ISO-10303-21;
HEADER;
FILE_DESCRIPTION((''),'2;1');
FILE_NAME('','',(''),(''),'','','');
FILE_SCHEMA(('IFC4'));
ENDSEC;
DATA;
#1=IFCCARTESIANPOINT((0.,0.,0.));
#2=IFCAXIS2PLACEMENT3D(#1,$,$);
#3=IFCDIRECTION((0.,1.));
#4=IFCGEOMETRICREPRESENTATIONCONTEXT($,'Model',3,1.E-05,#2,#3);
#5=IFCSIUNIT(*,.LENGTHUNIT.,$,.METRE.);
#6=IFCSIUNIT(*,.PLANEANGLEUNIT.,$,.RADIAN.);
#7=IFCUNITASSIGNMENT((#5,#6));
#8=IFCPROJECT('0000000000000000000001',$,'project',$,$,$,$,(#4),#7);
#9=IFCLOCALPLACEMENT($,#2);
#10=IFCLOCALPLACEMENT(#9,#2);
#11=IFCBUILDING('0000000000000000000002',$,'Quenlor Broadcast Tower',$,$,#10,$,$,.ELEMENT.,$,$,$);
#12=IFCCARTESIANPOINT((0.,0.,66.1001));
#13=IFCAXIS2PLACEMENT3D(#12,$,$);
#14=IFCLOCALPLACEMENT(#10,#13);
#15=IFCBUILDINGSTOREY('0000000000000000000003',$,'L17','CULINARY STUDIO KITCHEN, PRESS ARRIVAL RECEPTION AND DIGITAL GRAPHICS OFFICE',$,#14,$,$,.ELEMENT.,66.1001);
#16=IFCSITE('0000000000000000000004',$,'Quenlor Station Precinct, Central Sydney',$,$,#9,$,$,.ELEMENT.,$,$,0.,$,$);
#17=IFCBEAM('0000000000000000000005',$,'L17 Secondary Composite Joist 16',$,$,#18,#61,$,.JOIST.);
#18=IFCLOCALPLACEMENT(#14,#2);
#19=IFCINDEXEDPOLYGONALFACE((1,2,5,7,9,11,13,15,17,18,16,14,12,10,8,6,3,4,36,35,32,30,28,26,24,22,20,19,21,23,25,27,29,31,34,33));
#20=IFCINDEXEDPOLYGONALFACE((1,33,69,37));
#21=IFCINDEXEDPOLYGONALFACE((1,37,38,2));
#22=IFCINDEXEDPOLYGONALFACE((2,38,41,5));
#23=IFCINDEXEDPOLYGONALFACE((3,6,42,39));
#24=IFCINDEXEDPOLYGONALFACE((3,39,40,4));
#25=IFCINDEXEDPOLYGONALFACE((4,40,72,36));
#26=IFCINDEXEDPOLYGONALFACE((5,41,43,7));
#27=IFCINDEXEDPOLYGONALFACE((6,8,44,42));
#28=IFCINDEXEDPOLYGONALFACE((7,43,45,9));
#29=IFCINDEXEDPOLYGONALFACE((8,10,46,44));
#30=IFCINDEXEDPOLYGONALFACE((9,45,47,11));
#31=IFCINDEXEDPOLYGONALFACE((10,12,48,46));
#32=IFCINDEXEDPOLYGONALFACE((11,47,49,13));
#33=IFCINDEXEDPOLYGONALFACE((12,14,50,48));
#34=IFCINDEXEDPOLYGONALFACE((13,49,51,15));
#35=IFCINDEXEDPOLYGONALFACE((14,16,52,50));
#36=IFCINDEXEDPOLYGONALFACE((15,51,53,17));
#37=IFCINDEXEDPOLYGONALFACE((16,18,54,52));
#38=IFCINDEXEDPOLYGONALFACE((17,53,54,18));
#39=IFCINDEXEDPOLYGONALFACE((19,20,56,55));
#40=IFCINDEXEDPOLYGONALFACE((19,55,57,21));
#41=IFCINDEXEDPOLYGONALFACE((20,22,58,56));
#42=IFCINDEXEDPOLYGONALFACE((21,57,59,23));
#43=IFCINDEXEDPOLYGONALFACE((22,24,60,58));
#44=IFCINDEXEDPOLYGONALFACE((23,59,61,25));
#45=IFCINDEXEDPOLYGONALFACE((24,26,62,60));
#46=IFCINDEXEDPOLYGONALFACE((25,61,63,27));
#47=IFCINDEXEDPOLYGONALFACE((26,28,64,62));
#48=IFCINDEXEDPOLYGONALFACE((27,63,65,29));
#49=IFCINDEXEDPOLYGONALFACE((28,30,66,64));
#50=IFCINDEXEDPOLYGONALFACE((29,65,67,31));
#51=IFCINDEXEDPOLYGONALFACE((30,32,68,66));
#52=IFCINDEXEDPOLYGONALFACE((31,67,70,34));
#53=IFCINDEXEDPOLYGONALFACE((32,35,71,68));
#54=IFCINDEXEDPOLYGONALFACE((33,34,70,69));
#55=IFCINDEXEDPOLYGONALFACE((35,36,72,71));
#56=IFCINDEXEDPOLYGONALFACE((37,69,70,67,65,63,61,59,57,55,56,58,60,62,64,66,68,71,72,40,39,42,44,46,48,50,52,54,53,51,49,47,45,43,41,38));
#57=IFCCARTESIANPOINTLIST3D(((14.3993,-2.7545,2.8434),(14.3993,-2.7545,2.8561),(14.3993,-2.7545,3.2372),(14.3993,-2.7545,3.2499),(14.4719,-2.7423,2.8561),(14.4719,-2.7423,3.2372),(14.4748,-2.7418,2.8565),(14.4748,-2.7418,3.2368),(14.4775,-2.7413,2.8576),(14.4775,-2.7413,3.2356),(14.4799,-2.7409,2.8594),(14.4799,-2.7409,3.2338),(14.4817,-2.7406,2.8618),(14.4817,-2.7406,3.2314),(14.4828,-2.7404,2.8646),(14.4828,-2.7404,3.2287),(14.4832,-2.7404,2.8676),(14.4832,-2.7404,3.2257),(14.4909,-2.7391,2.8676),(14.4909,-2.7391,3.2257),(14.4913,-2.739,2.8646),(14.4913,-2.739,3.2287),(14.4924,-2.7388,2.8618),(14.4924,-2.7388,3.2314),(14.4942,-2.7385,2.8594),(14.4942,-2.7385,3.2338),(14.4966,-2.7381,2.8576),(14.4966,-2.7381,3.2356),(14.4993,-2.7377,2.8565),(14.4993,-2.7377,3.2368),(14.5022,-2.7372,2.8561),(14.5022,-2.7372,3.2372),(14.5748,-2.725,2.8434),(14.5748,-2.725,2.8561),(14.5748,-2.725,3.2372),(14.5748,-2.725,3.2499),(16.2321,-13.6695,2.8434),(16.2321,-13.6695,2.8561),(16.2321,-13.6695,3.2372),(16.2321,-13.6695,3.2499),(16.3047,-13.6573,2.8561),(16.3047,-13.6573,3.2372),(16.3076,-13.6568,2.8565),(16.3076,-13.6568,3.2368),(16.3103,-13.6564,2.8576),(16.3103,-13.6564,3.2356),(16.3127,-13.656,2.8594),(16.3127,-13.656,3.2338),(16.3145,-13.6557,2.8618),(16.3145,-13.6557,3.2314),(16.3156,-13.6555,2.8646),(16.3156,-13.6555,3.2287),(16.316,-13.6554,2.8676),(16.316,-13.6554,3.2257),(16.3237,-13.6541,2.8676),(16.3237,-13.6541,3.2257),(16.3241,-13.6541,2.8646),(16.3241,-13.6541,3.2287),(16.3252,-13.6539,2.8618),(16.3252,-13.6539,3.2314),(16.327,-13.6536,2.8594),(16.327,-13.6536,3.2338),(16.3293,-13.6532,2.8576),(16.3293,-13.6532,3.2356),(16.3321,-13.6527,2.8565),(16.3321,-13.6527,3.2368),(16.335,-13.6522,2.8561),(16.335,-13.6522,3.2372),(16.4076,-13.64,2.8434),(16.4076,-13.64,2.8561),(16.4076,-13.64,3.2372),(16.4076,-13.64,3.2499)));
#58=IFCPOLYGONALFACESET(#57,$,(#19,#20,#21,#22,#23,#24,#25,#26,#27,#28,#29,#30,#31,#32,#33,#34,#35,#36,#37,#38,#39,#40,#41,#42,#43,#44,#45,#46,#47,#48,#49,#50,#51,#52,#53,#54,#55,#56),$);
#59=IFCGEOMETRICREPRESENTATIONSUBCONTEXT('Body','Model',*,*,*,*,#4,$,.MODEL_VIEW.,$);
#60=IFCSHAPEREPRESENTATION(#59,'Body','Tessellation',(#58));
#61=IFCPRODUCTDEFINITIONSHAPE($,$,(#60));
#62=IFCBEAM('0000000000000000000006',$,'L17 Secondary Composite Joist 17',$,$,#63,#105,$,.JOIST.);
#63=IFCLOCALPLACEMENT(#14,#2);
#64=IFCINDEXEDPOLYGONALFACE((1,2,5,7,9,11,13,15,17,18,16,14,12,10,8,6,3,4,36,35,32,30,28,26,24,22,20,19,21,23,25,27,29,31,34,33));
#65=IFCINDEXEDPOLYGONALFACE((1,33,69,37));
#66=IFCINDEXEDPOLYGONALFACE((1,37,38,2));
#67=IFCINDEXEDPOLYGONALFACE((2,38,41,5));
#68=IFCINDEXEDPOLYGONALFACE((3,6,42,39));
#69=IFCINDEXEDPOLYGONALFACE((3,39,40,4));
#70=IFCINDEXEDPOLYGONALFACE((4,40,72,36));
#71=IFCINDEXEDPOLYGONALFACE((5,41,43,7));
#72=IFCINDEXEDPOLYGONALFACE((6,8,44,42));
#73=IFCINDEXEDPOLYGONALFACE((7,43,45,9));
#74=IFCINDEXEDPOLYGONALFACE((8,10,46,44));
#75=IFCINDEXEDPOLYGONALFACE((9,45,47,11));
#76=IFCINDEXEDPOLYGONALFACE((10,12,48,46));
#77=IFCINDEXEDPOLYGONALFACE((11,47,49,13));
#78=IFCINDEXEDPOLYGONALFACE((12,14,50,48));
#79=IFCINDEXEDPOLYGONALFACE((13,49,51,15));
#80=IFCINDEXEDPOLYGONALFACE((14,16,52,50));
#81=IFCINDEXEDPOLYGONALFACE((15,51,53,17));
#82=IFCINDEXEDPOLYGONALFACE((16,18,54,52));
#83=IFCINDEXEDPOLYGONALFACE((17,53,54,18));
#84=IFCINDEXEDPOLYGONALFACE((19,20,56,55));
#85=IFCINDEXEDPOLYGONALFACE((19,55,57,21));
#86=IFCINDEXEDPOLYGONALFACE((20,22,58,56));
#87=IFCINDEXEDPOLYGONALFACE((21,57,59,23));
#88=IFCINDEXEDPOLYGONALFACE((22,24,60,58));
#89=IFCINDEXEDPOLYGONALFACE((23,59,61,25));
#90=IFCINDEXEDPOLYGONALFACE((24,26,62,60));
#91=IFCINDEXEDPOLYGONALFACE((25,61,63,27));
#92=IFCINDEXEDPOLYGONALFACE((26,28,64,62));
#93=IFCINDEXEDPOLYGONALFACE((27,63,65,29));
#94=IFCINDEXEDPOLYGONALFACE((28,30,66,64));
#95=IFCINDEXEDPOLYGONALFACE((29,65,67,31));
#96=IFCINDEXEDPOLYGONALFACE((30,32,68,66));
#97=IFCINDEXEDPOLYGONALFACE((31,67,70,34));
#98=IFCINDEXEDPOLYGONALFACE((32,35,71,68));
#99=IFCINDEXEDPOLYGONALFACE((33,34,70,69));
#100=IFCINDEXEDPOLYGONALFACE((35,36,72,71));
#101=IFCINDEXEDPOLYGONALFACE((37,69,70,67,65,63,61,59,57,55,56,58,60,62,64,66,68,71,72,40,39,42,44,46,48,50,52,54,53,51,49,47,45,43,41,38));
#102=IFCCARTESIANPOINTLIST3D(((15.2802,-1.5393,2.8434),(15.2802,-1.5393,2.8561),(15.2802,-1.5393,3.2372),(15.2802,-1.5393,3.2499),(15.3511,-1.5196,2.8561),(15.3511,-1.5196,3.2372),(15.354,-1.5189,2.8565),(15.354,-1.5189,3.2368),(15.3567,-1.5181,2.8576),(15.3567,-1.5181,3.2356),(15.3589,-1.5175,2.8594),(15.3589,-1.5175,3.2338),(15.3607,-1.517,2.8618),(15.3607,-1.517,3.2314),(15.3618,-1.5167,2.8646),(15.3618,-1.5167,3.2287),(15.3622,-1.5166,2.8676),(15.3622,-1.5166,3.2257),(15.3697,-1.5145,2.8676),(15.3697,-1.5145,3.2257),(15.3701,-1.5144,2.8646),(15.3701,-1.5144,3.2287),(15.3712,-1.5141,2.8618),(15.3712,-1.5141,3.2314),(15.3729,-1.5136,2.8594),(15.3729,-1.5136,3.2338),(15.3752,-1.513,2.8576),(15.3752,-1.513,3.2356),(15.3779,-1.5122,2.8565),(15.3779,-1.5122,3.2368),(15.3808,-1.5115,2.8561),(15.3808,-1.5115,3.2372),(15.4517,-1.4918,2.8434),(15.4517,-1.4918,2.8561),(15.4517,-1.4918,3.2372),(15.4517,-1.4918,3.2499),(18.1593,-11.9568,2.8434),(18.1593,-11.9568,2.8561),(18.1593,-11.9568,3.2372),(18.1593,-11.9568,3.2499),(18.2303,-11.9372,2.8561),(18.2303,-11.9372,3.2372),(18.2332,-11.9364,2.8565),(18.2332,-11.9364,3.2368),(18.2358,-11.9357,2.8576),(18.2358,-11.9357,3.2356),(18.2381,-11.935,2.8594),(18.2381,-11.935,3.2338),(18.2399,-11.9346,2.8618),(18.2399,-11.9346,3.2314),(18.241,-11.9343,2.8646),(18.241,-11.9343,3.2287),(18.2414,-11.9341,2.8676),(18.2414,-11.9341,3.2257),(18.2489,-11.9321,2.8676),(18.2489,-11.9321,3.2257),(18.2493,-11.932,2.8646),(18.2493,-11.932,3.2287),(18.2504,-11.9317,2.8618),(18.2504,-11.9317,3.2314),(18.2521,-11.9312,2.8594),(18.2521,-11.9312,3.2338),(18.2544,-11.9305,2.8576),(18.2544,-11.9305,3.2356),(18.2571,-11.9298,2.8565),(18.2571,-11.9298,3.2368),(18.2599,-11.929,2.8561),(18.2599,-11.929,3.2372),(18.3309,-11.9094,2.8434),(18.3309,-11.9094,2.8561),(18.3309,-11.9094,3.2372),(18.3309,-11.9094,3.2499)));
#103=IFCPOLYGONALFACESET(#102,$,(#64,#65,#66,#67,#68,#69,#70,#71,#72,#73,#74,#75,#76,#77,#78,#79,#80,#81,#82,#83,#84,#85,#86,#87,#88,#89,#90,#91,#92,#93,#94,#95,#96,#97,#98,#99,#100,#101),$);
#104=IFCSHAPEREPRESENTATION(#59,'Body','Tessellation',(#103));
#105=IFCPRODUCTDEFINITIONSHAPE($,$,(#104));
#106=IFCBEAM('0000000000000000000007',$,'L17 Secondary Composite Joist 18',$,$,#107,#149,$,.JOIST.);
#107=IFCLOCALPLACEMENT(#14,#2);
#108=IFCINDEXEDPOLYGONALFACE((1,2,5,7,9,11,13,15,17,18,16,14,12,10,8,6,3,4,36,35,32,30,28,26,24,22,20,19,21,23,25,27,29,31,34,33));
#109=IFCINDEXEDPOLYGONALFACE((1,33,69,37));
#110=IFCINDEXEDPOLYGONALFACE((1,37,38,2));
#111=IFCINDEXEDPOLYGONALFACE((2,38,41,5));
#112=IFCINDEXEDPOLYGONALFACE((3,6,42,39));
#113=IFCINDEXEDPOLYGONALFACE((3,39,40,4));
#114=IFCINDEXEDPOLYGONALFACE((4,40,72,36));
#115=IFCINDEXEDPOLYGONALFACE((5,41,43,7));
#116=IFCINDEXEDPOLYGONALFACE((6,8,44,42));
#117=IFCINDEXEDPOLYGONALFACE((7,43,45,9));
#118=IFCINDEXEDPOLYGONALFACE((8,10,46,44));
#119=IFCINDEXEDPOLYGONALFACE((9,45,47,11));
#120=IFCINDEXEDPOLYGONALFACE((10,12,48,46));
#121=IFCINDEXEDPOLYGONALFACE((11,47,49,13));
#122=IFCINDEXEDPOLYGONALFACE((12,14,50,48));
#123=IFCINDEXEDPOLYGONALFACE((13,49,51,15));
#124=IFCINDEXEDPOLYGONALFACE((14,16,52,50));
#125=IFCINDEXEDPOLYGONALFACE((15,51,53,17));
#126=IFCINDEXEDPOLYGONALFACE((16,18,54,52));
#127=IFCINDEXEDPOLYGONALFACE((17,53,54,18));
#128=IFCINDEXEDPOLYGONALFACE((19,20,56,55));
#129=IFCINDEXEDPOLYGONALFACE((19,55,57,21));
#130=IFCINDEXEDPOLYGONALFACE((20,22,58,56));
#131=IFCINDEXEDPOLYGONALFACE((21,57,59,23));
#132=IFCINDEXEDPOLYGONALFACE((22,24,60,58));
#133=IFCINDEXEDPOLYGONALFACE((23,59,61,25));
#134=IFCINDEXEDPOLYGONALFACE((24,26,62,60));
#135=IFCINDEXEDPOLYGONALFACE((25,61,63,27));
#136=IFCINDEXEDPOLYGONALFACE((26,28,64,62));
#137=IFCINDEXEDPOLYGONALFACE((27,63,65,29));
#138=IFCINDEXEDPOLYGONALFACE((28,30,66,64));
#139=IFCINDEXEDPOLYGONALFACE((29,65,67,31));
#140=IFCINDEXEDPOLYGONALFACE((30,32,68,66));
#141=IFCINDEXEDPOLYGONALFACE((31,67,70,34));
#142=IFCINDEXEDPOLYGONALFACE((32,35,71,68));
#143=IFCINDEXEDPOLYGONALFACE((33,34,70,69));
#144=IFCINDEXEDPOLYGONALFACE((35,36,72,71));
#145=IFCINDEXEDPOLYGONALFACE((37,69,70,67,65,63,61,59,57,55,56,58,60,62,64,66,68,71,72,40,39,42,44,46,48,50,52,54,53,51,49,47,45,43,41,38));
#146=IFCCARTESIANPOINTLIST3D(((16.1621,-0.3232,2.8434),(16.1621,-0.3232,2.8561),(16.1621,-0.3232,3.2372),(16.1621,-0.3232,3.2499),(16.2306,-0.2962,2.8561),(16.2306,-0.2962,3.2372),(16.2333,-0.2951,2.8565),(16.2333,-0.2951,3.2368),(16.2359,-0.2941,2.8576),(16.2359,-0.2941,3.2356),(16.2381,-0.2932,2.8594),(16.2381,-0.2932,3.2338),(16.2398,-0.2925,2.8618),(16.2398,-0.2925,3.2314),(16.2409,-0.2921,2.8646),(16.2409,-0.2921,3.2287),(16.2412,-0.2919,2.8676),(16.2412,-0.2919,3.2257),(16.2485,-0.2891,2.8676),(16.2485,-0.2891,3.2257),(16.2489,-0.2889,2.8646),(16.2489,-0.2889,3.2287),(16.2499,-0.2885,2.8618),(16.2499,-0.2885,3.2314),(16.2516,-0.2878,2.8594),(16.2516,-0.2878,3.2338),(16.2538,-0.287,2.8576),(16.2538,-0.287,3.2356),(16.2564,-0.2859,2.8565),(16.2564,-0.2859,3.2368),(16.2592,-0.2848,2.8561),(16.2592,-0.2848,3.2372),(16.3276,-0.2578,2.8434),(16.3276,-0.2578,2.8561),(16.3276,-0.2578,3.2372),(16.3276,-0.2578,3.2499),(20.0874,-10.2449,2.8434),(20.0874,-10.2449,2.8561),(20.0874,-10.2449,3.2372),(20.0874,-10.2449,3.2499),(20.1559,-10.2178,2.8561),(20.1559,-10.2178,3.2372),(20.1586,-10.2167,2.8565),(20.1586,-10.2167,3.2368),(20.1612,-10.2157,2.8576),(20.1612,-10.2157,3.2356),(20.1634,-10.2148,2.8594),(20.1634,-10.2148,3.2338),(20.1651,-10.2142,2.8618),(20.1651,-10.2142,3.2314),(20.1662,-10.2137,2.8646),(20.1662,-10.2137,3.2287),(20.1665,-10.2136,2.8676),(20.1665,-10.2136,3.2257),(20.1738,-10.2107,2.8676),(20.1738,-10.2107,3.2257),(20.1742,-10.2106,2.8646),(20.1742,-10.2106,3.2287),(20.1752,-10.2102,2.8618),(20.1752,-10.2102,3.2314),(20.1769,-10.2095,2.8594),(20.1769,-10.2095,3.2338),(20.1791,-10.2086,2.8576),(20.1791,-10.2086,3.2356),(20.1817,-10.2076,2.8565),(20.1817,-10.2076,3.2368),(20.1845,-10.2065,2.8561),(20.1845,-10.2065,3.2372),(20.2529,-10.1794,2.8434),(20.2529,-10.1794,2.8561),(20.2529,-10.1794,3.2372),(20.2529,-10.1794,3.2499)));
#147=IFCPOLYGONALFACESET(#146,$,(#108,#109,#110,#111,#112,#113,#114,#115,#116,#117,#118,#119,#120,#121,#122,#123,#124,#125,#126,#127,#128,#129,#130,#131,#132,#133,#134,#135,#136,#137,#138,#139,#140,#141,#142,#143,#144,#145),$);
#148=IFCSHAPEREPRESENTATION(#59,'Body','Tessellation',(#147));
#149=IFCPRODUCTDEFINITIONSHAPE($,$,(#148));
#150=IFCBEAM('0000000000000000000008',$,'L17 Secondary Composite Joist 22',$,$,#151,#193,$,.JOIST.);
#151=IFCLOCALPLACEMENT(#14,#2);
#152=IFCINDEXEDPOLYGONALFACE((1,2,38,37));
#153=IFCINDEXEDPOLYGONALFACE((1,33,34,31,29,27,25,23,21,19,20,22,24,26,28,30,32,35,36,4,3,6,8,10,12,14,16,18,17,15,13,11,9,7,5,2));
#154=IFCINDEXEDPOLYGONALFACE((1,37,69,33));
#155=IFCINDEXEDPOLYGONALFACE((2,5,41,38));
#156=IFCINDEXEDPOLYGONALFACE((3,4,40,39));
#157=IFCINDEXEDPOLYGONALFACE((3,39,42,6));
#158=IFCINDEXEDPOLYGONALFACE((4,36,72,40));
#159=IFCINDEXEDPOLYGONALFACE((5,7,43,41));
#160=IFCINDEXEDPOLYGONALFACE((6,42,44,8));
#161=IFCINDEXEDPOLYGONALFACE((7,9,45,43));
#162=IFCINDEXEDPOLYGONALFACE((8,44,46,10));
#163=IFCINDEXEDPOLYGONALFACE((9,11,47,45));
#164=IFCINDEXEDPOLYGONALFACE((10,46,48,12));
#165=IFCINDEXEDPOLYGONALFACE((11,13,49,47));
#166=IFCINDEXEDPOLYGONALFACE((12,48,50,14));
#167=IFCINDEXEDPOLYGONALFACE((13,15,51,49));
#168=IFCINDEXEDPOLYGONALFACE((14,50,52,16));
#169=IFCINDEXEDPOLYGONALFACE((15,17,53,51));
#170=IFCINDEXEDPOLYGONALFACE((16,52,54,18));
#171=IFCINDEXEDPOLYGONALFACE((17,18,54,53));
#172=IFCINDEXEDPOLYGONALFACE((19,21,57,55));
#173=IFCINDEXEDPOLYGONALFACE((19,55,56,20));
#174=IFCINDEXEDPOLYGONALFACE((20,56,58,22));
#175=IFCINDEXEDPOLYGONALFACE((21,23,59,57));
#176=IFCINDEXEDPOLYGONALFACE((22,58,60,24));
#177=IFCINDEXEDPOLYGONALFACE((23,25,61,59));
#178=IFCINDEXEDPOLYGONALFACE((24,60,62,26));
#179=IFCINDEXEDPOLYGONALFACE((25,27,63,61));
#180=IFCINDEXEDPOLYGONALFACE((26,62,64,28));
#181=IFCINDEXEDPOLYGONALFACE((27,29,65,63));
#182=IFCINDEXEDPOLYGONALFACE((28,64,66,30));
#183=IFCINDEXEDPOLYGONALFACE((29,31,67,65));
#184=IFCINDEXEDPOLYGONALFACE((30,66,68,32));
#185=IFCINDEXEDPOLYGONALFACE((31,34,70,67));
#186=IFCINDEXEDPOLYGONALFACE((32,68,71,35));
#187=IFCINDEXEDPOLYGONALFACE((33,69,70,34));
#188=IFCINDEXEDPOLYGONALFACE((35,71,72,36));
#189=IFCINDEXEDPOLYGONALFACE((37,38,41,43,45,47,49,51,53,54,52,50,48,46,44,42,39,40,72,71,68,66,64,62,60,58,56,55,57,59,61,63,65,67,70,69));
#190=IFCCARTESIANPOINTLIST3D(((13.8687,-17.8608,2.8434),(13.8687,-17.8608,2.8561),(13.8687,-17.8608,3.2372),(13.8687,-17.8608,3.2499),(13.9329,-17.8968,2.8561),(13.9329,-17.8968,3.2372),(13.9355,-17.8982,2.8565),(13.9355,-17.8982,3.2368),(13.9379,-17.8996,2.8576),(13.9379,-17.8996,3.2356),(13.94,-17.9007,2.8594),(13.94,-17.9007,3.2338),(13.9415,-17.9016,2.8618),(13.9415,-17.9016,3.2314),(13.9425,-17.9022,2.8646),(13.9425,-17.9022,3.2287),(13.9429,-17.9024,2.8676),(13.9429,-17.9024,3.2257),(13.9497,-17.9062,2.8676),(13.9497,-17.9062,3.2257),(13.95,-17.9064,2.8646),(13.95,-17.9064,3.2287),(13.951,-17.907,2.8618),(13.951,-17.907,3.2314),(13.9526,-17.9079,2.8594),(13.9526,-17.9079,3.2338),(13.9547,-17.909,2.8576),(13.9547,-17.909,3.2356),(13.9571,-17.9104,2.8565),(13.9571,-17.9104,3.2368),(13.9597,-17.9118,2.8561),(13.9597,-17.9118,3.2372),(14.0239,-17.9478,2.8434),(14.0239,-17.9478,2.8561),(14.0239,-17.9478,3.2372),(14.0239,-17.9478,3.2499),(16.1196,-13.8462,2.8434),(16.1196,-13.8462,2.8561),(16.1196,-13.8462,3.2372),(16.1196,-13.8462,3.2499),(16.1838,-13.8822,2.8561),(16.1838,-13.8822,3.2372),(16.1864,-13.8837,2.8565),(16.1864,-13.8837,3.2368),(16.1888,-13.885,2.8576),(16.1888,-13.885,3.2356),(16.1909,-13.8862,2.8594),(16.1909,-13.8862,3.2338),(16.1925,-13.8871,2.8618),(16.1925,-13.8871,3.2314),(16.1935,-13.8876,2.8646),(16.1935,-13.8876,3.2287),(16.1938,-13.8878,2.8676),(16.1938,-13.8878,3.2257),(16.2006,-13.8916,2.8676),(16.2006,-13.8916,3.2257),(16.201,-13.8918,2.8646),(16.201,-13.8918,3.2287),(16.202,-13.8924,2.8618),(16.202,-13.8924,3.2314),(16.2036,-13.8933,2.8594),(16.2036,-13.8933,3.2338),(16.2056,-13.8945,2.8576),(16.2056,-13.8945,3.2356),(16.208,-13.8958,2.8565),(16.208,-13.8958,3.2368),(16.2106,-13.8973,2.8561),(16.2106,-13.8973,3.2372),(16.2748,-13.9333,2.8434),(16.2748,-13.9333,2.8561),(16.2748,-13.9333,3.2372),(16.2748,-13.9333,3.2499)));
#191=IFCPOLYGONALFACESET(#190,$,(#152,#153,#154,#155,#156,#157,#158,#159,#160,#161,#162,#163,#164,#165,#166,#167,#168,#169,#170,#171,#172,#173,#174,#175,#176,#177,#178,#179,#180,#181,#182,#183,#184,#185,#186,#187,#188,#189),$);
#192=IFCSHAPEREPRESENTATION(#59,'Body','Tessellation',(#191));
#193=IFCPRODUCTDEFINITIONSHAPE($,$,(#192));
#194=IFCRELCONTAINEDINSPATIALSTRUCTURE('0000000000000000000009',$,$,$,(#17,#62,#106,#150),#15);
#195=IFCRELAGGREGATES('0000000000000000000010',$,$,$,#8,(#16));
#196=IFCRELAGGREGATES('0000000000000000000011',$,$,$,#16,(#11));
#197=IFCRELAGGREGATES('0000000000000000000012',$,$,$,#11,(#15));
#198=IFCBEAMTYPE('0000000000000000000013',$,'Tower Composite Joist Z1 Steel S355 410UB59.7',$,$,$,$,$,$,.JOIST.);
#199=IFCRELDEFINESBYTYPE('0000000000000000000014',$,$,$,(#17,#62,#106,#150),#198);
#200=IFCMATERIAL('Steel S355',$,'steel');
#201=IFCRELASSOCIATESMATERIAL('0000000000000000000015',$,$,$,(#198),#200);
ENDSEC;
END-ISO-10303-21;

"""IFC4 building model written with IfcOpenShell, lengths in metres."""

from ifc_helpers import new_model, si_unit, direction, frame, origin, origin_2d, place, context, subcontext, project, spatial, i_section, extrude, material, material_profile, profile_set, type_object, element, save


model = new_model("IFC4")

# Units and contexts
model_context = context("Model", 3, precision=1e-05, world=origin(), true_north=direction((0.0, 1.0)))
body_context = subcontext(model_context, "Body", "Model", "MODEL_VIEW")
ifc_project = project(units=[si_unit("LENGTHUNIT", "METRE"), si_unit("PLANEANGLEUNIT", "RADIAN")], contexts=[model_context])

# Site, building, storey
site_placement = place(None, origin())
site = spatial("IfcSite", under=ifc_project, at=site_placement, Name="Quenlor Station Precinct, Central Sydney", CompositionType="ELEMENT", RefElevation=0.0)
building_placement = place(site_placement, origin())
building = spatial("IfcBuilding", under=site, at=building_placement, Name="Quenlor Broadcast Tower", CompositionType="ELEMENT")
storey_placement = place(building_placement, frame((0.0, 0.0, 66.1001)))
storey = spatial("IfcBuildingStorey", under=building, at=storey_placement, Name="L17", Description="CULINARY STUDIO KITCHEN, PRESS ARRIVAL RECEPTION AND DIGITAL GRAPHICS OFFICE", CompositionType="ELEMENT", Elevation=66.1001)

# Beams
ifc_material_1 = material(Name="Steel S355", Category="steel")
ifc_material_profile_1 = material_profile(ifc_material_1, i_section(OverallWidth=0.178, OverallDepth=0.4065, WebThickness=0.0078, FlangeThickness=0.0127, FilletRadius=0.0115, at=origin_2d()))
ifc_profile_set_1 = profile_set([ifc_material_profile_1], Name="Steel S355 410UB59.7")
beam_type_1 = type_object("IfcBeamType", Name="Tower Composite Joist Z1 Steel S355 410UB59.7", PredefinedType="JOIST", material=ifc_profile_set_1)
beam_1_placement = place(storey_placement, frame((16.3198, -13.6548, 3.0466), z_axis=(-0.165594, 0.986194, 0.0), x_axis=(-0.986194, -0.165594, 0.0)))
element("IfcBeam", 1, at=beam_1_placement, inside=storey, type_object=beam_type_1, Name="L17 Secondary Composite Joist 16", PredefinedType="JOIST", context=body_context, shape_type="SweptSolid", body=[
    extrude(i_section(OverallWidth=0.178, OverallDepth=0.4065, WebThickness=0.0078, FlangeThickness=0.0127, FilletRadius=0.0115, at=origin_2d()), origin(), (0.0, 0.0, 1.0), 11.0679),
])
beam_2_placement = place(storey_placement, frame((18.2451, -11.9331, 3.0466), z_axis=(-0.26639, 0.963865, 0.0), x_axis=(-0.963865, -0.26639, 0.0)))
element("IfcBeam", 2, at=beam_2_placement, inside=storey, type_object=beam_type_1, Name="L17 Secondary Composite Joist 17", PredefinedType="JOIST", context=body_context, shape_type="SweptSolid", body=[
    extrude(i_section(OverallWidth=0.178, OverallDepth=0.4065, WebThickness=0.0078, FlangeThickness=0.0127, FilletRadius=0.0115, at=origin_2d()), origin(), (0.0, 0.0, 1.0), 10.8081),
])
beam_3_placement = place(storey_placement, frame((20.1702, -10.2122, 3.0466), z_axis=(-0.367885, 0.929871, 0.0), x_axis=(-0.929871, -0.367885, 0.0)))
element("IfcBeam", 3, at=beam_3_placement, inside=storey, type_object=beam_type_1, Name="L17 Secondary Composite Joist 18", PredefinedType="JOIST", context=body_context, shape_type="SweptSolid", body=[
    extrude(i_section(OverallWidth=0.178, OverallDepth=0.4065, WebThickness=0.0078, FlangeThickness=0.0127, FilletRadius=0.0115, at=origin_2d()), origin(), (0.0, 0.0, 1.0), 10.6699),
])
beam_4_placement = place(storey_placement, frame((13.9463, -17.9043, 3.0466), z_axis=(0.489062, 0.872249, 0.0), x_axis=(-0.872249, 0.489062, 0.0)))
element("IfcBeam", 4, at=beam_4_placement, inside=storey, type_object=beam_type_1, Name="L17 Secondary Composite Joist 22", PredefinedType="JOIST", context=body_context, shape_type="SweptSolid", body=[
    extrude(i_section(OverallWidth=0.178, OverallDepth=0.4065, WebThickness=0.0078, FlangeThickness=0.0127, FilletRadius=0.0115, at=origin_2d()), origin(), (0.0, 0.0, 1.0), 4.6025),
])

save(model, "model.ifc")
